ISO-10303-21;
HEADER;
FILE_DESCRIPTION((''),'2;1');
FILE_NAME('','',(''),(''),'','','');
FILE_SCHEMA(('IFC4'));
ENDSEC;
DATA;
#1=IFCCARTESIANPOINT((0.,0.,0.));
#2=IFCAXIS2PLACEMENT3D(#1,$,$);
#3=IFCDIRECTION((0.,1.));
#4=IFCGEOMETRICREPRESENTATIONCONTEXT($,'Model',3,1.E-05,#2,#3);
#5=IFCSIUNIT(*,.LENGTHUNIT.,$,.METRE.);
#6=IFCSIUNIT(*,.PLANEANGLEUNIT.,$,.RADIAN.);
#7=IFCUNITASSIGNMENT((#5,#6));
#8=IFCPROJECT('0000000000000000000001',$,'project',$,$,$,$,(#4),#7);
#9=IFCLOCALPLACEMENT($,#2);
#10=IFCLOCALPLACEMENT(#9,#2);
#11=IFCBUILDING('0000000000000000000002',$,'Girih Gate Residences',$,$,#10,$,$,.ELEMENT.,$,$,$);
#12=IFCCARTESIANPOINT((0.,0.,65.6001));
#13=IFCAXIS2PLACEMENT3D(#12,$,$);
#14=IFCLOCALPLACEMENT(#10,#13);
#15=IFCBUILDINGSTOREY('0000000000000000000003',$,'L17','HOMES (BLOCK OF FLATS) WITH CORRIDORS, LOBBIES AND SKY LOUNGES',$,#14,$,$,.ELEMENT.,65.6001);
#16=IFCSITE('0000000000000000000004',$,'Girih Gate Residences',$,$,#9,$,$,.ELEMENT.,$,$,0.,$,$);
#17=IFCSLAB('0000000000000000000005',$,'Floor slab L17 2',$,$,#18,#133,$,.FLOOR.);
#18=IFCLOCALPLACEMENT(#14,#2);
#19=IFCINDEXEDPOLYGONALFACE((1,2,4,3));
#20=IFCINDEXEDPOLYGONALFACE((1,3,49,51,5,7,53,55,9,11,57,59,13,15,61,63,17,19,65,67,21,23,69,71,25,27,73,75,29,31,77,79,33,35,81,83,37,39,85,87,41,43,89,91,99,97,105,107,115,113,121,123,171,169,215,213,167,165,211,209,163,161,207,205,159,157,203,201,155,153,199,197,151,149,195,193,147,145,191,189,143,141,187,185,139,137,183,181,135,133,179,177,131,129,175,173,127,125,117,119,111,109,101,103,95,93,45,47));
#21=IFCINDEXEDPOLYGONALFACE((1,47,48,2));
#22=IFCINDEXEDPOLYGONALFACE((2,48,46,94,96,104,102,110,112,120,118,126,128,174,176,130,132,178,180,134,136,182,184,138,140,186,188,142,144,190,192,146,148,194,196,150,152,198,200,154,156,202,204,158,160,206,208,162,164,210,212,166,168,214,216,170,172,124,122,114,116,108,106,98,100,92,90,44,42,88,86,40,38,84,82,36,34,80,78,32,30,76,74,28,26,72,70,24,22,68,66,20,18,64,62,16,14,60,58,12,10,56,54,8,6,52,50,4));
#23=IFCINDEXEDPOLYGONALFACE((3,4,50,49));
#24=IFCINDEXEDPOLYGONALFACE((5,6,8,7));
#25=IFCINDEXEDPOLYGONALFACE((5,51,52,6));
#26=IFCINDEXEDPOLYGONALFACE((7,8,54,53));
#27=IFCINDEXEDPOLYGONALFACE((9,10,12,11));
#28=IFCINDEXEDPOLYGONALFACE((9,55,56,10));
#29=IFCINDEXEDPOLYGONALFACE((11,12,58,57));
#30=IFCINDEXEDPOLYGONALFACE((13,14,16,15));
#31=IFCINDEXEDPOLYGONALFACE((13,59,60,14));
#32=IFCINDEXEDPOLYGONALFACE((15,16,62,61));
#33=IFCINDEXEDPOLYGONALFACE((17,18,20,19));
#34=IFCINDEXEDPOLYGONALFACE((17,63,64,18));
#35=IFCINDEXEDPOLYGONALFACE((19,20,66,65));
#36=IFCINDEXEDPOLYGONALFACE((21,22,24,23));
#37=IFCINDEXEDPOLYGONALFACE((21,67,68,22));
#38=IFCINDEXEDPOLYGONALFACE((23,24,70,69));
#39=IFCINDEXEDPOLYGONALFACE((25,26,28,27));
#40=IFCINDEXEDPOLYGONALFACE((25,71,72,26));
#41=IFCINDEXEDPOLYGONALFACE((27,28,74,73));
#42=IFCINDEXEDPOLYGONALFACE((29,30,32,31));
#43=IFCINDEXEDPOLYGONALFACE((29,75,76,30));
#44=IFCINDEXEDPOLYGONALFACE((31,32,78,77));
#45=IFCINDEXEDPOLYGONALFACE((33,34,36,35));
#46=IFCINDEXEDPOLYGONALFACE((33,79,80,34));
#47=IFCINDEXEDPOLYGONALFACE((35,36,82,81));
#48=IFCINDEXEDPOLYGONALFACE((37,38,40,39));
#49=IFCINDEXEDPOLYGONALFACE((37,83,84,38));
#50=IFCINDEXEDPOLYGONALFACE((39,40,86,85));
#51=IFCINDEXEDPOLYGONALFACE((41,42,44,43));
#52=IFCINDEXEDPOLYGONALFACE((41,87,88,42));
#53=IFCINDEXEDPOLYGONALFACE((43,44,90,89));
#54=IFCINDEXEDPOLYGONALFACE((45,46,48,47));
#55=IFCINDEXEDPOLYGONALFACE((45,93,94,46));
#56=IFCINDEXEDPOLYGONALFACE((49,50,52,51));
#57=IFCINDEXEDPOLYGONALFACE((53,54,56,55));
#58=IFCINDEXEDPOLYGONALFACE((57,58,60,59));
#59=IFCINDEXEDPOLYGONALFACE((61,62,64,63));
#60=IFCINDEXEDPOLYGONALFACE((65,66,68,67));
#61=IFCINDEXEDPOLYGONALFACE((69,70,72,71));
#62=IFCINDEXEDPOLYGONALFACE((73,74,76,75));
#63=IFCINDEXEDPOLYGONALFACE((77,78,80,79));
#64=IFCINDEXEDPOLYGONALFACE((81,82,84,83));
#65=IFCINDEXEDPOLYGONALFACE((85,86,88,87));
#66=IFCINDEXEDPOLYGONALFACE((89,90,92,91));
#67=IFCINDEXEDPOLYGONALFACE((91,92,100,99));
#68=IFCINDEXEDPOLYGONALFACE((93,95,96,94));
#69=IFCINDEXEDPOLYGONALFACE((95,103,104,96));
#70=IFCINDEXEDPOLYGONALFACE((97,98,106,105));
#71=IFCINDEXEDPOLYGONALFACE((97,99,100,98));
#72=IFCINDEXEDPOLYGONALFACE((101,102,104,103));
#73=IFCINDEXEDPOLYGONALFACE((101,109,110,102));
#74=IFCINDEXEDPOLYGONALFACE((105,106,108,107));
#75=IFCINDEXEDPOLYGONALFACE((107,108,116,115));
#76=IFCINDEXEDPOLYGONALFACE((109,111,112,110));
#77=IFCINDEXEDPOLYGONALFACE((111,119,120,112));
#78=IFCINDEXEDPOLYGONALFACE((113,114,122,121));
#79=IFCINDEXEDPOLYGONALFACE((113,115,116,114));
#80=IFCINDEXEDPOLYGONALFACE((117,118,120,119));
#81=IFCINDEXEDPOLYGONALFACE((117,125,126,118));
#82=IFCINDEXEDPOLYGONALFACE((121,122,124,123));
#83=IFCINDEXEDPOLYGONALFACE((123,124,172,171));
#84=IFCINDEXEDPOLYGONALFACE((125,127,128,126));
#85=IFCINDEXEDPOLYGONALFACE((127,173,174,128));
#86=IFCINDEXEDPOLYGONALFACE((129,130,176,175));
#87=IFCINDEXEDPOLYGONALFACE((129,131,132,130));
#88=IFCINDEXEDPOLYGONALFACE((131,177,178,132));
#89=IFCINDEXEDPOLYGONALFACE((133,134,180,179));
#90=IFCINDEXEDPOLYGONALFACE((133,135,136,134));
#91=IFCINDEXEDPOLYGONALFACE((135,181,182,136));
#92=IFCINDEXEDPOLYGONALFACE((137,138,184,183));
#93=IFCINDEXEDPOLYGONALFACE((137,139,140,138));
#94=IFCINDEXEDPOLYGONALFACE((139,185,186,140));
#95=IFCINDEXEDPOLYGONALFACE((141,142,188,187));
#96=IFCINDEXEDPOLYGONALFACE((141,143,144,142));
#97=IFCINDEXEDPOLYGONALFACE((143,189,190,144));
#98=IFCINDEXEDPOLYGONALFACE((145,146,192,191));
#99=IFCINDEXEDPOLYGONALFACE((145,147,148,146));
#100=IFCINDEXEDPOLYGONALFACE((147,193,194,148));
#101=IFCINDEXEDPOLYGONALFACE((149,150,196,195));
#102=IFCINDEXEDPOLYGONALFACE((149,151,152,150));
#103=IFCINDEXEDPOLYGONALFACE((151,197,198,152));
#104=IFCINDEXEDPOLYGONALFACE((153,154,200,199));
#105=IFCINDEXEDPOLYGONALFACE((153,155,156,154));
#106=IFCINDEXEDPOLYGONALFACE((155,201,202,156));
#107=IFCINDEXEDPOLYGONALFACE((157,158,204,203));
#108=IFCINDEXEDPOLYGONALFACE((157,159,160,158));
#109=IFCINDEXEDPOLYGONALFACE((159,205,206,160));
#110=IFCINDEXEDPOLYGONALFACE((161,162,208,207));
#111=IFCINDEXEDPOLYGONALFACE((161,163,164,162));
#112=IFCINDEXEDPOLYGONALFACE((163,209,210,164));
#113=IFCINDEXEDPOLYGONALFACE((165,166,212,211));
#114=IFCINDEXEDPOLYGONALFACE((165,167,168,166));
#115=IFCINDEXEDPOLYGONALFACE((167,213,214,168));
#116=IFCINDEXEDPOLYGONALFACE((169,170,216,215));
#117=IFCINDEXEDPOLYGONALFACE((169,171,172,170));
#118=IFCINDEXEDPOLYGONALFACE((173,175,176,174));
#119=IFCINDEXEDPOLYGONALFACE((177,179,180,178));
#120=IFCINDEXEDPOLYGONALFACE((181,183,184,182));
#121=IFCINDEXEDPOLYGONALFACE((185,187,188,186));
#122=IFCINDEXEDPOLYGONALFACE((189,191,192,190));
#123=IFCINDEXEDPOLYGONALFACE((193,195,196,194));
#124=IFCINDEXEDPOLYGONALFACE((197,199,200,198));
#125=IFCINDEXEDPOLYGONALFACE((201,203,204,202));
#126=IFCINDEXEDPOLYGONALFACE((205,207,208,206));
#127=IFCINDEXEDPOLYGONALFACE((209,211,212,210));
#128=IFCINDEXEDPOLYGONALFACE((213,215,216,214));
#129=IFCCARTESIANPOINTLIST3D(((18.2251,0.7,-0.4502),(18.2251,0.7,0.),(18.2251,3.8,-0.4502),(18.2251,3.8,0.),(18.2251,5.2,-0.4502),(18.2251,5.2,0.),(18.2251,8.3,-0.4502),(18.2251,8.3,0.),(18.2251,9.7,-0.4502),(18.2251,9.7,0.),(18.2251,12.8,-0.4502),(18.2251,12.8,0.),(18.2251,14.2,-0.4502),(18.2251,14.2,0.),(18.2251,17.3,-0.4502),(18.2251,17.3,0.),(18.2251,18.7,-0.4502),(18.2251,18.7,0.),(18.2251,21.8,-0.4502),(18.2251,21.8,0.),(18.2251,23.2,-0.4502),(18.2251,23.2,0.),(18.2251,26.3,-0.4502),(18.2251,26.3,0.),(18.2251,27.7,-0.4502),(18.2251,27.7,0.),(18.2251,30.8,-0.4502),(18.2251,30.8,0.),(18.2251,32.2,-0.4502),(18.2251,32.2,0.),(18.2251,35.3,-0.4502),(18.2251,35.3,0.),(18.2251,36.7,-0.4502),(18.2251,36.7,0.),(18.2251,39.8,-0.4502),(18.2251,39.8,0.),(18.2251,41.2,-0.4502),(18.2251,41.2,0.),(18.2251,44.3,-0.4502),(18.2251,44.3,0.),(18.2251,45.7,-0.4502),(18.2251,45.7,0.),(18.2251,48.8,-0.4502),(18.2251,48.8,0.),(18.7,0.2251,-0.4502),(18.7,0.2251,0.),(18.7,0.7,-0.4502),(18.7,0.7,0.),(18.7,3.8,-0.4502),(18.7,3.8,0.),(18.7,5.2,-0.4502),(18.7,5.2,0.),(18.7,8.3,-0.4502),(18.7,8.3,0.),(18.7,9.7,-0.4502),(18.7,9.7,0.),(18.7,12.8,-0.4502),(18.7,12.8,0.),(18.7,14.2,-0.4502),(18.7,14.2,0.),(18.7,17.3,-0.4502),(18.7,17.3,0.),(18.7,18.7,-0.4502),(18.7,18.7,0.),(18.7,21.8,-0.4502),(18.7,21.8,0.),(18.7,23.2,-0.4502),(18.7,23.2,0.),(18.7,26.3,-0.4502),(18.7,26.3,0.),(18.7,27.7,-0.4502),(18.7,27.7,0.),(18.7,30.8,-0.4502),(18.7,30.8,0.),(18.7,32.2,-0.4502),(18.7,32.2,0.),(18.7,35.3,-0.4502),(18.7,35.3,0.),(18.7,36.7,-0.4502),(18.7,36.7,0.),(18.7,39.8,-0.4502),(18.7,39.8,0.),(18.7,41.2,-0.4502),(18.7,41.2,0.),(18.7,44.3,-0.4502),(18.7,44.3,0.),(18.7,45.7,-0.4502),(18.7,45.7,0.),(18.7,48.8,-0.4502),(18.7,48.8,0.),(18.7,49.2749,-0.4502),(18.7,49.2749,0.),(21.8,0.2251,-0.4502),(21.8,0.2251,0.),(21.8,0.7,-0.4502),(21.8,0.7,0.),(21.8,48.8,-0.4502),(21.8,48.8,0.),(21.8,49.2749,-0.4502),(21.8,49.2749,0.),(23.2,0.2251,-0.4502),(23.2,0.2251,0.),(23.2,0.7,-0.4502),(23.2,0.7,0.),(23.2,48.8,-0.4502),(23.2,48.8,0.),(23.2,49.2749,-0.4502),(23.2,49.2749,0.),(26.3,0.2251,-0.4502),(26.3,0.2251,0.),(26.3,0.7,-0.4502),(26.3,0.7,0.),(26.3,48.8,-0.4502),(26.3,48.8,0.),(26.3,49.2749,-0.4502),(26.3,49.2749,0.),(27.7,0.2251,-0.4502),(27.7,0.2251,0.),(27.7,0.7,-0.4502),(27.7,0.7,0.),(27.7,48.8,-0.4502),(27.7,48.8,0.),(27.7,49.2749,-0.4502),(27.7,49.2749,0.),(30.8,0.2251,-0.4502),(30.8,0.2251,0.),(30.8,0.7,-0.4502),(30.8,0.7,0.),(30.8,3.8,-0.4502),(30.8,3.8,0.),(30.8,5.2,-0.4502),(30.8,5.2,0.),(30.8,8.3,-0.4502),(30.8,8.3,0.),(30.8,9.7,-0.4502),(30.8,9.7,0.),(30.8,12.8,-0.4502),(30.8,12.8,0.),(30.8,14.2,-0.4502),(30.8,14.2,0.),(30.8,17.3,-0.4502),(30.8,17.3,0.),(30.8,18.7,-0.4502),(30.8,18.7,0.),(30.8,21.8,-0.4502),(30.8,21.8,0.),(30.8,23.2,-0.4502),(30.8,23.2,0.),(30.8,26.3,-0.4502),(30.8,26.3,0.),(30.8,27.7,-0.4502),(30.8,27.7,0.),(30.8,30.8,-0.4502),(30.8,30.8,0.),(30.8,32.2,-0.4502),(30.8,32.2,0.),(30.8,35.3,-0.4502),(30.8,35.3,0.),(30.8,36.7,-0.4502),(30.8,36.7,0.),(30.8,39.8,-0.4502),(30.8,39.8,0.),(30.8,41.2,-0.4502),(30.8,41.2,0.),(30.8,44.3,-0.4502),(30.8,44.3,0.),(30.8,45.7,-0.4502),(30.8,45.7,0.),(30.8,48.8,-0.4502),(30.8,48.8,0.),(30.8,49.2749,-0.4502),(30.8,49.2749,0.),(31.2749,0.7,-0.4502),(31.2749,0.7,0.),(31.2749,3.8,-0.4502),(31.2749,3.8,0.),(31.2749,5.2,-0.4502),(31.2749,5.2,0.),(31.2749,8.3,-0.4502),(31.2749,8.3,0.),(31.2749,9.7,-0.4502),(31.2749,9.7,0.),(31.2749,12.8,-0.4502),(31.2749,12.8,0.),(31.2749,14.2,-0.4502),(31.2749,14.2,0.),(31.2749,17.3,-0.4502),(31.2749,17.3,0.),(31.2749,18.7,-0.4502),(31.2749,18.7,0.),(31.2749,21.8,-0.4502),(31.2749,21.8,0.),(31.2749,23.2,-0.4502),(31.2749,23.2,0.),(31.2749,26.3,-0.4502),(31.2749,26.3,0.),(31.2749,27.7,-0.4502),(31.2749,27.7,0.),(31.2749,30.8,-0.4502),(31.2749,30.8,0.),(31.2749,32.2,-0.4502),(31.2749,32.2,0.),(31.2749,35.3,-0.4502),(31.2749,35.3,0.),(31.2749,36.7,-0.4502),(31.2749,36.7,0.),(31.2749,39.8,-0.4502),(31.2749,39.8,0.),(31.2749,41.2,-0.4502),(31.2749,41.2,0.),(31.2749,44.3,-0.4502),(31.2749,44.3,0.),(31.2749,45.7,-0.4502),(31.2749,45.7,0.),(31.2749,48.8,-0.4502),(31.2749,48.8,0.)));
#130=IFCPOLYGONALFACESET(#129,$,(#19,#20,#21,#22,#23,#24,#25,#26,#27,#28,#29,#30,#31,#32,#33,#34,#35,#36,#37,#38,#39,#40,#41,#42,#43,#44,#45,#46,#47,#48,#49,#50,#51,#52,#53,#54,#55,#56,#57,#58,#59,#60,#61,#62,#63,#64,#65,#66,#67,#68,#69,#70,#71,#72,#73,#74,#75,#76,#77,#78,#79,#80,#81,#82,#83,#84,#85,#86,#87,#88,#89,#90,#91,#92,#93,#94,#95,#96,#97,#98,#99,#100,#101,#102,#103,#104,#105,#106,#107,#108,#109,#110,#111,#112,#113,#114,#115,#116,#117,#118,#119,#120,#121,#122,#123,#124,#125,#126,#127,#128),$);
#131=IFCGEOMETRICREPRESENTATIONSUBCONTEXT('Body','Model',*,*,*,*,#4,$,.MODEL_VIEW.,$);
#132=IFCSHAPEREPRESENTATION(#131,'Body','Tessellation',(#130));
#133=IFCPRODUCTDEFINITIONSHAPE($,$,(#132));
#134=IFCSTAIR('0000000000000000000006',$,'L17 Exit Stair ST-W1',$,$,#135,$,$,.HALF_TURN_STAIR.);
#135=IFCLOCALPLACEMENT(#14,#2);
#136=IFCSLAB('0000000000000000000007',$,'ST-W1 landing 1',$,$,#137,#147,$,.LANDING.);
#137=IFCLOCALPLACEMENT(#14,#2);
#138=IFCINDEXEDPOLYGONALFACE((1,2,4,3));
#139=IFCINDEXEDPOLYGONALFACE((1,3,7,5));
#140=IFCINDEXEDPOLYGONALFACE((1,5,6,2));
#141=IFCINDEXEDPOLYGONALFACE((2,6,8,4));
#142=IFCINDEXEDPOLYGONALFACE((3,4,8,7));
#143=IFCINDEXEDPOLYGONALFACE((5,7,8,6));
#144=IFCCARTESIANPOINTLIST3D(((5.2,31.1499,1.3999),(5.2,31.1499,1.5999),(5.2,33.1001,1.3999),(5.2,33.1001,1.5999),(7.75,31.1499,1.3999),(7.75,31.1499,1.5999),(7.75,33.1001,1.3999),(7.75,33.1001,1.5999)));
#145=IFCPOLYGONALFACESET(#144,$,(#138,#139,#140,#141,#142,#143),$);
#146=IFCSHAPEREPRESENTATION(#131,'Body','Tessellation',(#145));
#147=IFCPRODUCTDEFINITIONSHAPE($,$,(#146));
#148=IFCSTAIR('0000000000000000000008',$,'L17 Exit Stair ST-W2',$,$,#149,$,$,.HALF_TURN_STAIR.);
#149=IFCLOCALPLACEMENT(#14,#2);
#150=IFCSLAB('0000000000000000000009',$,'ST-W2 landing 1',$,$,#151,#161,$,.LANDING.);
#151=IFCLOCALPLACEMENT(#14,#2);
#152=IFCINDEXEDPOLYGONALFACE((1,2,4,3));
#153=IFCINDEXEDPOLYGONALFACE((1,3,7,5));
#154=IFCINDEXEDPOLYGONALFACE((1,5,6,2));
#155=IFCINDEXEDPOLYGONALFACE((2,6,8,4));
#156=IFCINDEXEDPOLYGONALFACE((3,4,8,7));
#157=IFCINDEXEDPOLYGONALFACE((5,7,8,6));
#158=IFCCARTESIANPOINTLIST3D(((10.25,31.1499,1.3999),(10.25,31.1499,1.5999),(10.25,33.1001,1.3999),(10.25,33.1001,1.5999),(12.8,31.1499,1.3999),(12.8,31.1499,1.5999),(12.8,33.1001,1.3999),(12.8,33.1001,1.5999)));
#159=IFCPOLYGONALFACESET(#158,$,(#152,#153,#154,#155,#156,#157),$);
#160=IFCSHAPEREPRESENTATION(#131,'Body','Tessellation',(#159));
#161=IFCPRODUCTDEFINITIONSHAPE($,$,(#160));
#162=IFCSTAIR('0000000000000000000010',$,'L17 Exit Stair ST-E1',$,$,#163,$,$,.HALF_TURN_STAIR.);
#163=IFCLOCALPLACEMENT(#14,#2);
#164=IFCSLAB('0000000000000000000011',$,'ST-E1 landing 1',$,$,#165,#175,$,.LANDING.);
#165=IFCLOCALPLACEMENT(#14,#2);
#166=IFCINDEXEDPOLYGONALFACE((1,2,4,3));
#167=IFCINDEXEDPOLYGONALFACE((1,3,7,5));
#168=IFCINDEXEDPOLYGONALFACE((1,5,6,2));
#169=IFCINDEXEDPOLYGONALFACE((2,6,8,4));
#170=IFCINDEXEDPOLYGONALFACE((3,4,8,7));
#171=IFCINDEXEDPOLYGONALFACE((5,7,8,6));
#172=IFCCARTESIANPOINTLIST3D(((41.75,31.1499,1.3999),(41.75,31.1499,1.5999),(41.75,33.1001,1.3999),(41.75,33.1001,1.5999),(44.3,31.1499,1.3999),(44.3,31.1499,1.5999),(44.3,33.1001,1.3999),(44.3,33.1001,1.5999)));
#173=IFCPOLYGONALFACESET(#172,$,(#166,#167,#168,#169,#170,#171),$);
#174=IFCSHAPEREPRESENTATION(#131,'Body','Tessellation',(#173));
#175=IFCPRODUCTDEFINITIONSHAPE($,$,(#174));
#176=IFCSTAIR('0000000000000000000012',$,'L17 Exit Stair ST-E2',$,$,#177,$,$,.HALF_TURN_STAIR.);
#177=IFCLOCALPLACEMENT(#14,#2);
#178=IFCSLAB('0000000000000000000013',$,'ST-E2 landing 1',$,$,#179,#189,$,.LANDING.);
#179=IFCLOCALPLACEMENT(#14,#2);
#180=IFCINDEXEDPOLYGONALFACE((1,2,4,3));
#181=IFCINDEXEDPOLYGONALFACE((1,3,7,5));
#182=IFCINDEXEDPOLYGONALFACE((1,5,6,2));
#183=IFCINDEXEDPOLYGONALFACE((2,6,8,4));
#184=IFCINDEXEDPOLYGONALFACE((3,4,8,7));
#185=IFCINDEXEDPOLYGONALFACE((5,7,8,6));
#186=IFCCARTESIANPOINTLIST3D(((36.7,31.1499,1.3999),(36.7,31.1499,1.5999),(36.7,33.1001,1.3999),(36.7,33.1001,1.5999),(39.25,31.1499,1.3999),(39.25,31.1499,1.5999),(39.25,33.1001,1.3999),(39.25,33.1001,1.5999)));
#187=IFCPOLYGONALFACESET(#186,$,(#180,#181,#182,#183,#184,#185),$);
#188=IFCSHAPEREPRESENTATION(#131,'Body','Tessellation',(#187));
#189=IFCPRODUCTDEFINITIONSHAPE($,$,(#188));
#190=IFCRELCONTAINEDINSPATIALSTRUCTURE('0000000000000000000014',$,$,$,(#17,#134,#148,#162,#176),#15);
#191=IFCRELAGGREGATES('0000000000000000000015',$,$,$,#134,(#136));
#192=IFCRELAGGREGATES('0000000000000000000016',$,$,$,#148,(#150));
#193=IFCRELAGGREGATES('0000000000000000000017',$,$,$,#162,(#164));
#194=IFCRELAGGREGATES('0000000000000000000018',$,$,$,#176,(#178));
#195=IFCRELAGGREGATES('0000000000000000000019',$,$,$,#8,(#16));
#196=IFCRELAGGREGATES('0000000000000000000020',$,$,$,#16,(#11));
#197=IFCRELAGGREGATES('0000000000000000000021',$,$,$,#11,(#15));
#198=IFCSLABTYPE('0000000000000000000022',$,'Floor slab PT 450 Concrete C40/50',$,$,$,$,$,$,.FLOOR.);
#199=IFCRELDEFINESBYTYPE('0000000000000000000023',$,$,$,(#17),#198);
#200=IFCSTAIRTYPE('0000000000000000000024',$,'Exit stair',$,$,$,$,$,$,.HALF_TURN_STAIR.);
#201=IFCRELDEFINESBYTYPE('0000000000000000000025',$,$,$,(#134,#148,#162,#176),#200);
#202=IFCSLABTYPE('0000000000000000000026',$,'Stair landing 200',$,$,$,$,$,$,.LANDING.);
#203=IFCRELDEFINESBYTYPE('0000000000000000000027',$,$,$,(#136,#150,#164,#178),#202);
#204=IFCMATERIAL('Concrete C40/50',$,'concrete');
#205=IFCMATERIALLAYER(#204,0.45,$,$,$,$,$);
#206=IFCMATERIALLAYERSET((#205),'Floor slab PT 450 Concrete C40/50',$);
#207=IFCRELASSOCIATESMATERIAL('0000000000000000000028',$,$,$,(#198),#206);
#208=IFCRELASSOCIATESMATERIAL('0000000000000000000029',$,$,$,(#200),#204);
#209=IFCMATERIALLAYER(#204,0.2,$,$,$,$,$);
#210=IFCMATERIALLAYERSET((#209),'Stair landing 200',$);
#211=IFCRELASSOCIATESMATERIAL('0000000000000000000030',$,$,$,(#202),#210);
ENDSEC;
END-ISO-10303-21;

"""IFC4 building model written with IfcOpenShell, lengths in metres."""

from ifc_helpers import new_model, si_unit, direction, frame, origin, place, context, subcontext, project, spatial, polyline, outline, extrude, material, layer, layer_set, type_object, element, aggregate, save


model = new_model("IFC4")

# Units and contexts
model_context = context("Model", 3, precision=1e-05, world=origin(), true_north=direction((0.0, 1.0)))
body_context = subcontext(model_context, "Body", "Model", "MODEL_VIEW")
ifc_project = project(units=[si_unit("LENGTHUNIT", "METRE"), si_unit("PLANEANGLEUNIT", "RADIAN")], contexts=[model_context])

# Site, building, storey
site_placement = place(None, origin())
site = spatial("IfcSite", under=ifc_project, at=site_placement, Name="Girih Gate Residences", CompositionType="ELEMENT", RefElevation=0.0)
building_placement = place(site_placement, origin())
building = spatial("IfcBuilding", under=site, at=building_placement, Name="Girih Gate Residences", CompositionType="ELEMENT")
storey_placement = place(building_placement, frame((0.0, 0.0, 65.6001)))
storey = spatial("IfcBuildingStorey", under=building, at=storey_placement, Name="L17", Description="HOMES (BLOCK OF FLATS) WITH CORRIDORS, LOBBIES AND SKY LOUNGES", CompositionType="ELEMENT", Elevation=65.6001)

# Slab
ifc_material_1 = material(Name="Concrete C40/50", Category="concrete")
ifc_layer_1 = layer(ifc_material_1, 0.45)
ifc_layer_set_1 = layer_set([ifc_layer_1], Name="Floor slab PT 450 Concrete C40/50")
slab_type_1 = type_object("IfcSlabType", Name="Floor slab PT 450 Concrete C40/50", PredefinedType="FLOOR", material=ifc_layer_set_1)
slab_1_placement = place(storey_placement, frame((0.0, 0.0, -0.4502)))
element("IfcSlab", 1, at=slab_1_placement, inside=storey, type_object=slab_type_1, Name="Floor slab L17 2", PredefinedType="FLOOR", context=body_context, shape_type="SweptSolid", body=[
    extrude(outline(polyline([(21.8, 49.2749), (18.7, 49.2749), (18.7, 48.8), (18.2251, 48.8), (18.2251, 45.7), (18.7, 45.7), (18.7, 44.3), (18.2251, 44.3), (18.2251, 41.2), (18.7, 41.2), (18.7, 39.8), (18.2251, 39.8), (18.2251, 36.7), (18.7, 36.7), (18.7, 35.3), (18.2251, 35.3), (18.2251, 32.2), (18.7, 32.2), (18.7, 30.8), (18.2251, 30.8), (18.2251, 27.7), (18.7, 27.7), (18.7, 26.3), (18.2251, 26.3), (18.2251, 23.2), (18.7, 23.2), (18.7, 21.8), (18.2251, 21.8), (18.2251, 18.7), (18.7, 18.7), (18.7, 17.3), (18.2251, 17.3), (18.2251, 14.2), (18.7, 14.2), (18.7, 12.8), (18.2251, 12.8), (18.2251, 9.7), (18.7, 9.7), (18.7, 8.3), (18.2251, 8.3), (18.2251, 5.2), (18.7, 5.2), (18.7, 3.8), (18.2251, 3.8), (18.2251, 0.7), (18.7, 0.7), (18.7, 0.2251), (21.8, 0.2251), (21.8, 0.7), (23.2, 0.7), (23.2, 0.2251), (26.3, 0.2251), (26.3, 0.7), (27.7, 0.7), (27.7, 0.2251), (30.8, 0.2251), (30.8, 0.7), (31.2749, 0.7), (31.2749, 3.8), (30.8, 3.8), (30.8, 5.2), (31.2749, 5.2), (31.2749, 8.3), (30.8, 8.3), (30.8, 9.7), (31.2749, 9.7), (31.2749, 12.8), (30.8, 12.8), (30.8, 14.2), (31.2749, 14.2), (31.2749, 17.3), (30.8, 17.3), (30.8, 18.7), (31.2749, 18.7), (31.2749, 21.8), (30.8, 21.8), (30.8, 23.2), (31.2749, 23.2), (31.2749, 26.3), (30.8, 26.3), (30.8, 27.7), (31.2749, 27.7), (31.2749, 30.8), (30.8, 30.8), (30.8, 32.2), (31.2749, 32.2), (31.2749, 35.3), (30.8, 35.3), (30.8, 36.7), (31.2749, 36.7), (31.2749, 39.8), (30.8, 39.8), (30.8, 41.2), (31.2749, 41.2), (31.2749, 44.3), (30.8, 44.3), (30.8, 45.7), (31.2749, 45.7), (31.2749, 48.8), (30.8, 48.8), (30.8, 49.2749), (27.7, 49.2749), (27.7, 48.8), (26.3, 48.8), (26.3, 49.2749), (23.2, 49.2749), (23.2, 48.8), (21.8, 48.8), (21.8, 49.2749)])), origin(), (0.0, 0.0, 1.0), 0.4502),
])

# Stairs, slabs
stair_type = type_object("IfcStairType", Name="Exit stair", PredefinedType="HALF_TURN_STAIR", material=ifc_material_1)
stair_1_placement = place(storey_placement, origin())
stair_1 = element("IfcStair", 2, at=stair_1_placement, inside=storey, type_object=stair_type, Name="L17 Exit Stair ST-W1", PredefinedType="HALF_TURN_STAIR")
ifc_layer_2 = layer(ifc_material_1, 0.2)
ifc_layer_set_2 = layer_set([ifc_layer_2], Name="Stair landing 200")
slab_type_2 = type_object("IfcSlabType", Name="Stair landing 200", PredefinedType="LANDING", material=ifc_layer_set_2)
slab_2_placement = place(storey_placement, frame((0.0, 0.0, 1.3999)))
slab_2 = element("IfcSlab", 3, at=slab_2_placement, type_object=slab_type_2, Name="ST-W1 landing 1", PredefinedType="LANDING", context=body_context, shape_type="SweptSolid", body=[
    extrude(outline(polyline([(7.75, 31.1499), (7.75, 33.1001), (5.2, 33.1001), (5.2, 31.1499), (7.75, 31.1499)])), origin(), (0.0, 0.0, 1.0), 0.2),
])
aggregate(stair_1, [slab_2])
stair_2_placement = place(storey_placement, origin())
stair_2 = element("IfcStair", 4, at=stair_2_placement, inside=storey, type_object=stair_type, Name="L17 Exit Stair ST-W2", PredefinedType="HALF_TURN_STAIR")
slab_3_placement = place(storey_placement, frame((0.0, 0.0, 1.3999)))
slab_3 = element("IfcSlab", 5, at=slab_3_placement, type_object=slab_type_2, Name="ST-W2 landing 1", PredefinedType="LANDING", context=body_context, shape_type="SweptSolid", body=[
    extrude(outline(polyline([(12.8, 31.1499), (12.8, 33.1001), (10.25, 33.1001), (10.25, 31.1499), (12.8, 31.1499)])), origin(), (0.0, 0.0, 1.0), 0.2),
])
aggregate(stair_2, [slab_3])
stair_3_placement = place(storey_placement, origin())
stair_3 = element("IfcStair", 6, at=stair_3_placement, inside=storey, type_object=stair_type, Name="L17 Exit Stair ST-E1", PredefinedType="HALF_TURN_STAIR")
slab_4_placement = place(storey_placement, frame((0.0, 0.0, 1.3999)))
slab_4 = element("IfcSlab", 7, at=slab_4_placement, type_object=slab_type_2, Name="ST-E1 landing 1", PredefinedType="LANDING", context=body_context, shape_type="SweptSolid", body=[
    extrude(outline(polyline([(44.3, 31.1499), (44.3, 33.1001), (41.75, 33.1001), (41.75, 31.1499), (44.3, 31.1499)])), origin(), (0.0, 0.0, 1.0), 0.2),
])
aggregate(stair_3, [slab_4])
stair_4_placement = place(storey_placement, origin())
stair_4 = element("IfcStair", 8, at=stair_4_placement, inside=storey, type_object=stair_type, Name="L17 Exit Stair ST-E2", PredefinedType="HALF_TURN_STAIR")
slab_5_placement = place(storey_placement, frame((0.0, 0.0, 1.3999)))
slab_5 = element("IfcSlab", 9, at=slab_5_placement, type_object=slab_type_2, Name="ST-E2 landing 1", PredefinedType="LANDING", context=body_context, shape_type="SweptSolid", body=[
    extrude(outline(polyline([(39.25, 31.1499), (39.25, 33.1001), (36.7, 33.1001), (36.7, 31.1499), (39.25, 31.1499)])), origin(), (0.0, 0.0, 1.0), 0.2),
])
aggregate(stair_4, [slab_5])

save(model, "model.ifc")
